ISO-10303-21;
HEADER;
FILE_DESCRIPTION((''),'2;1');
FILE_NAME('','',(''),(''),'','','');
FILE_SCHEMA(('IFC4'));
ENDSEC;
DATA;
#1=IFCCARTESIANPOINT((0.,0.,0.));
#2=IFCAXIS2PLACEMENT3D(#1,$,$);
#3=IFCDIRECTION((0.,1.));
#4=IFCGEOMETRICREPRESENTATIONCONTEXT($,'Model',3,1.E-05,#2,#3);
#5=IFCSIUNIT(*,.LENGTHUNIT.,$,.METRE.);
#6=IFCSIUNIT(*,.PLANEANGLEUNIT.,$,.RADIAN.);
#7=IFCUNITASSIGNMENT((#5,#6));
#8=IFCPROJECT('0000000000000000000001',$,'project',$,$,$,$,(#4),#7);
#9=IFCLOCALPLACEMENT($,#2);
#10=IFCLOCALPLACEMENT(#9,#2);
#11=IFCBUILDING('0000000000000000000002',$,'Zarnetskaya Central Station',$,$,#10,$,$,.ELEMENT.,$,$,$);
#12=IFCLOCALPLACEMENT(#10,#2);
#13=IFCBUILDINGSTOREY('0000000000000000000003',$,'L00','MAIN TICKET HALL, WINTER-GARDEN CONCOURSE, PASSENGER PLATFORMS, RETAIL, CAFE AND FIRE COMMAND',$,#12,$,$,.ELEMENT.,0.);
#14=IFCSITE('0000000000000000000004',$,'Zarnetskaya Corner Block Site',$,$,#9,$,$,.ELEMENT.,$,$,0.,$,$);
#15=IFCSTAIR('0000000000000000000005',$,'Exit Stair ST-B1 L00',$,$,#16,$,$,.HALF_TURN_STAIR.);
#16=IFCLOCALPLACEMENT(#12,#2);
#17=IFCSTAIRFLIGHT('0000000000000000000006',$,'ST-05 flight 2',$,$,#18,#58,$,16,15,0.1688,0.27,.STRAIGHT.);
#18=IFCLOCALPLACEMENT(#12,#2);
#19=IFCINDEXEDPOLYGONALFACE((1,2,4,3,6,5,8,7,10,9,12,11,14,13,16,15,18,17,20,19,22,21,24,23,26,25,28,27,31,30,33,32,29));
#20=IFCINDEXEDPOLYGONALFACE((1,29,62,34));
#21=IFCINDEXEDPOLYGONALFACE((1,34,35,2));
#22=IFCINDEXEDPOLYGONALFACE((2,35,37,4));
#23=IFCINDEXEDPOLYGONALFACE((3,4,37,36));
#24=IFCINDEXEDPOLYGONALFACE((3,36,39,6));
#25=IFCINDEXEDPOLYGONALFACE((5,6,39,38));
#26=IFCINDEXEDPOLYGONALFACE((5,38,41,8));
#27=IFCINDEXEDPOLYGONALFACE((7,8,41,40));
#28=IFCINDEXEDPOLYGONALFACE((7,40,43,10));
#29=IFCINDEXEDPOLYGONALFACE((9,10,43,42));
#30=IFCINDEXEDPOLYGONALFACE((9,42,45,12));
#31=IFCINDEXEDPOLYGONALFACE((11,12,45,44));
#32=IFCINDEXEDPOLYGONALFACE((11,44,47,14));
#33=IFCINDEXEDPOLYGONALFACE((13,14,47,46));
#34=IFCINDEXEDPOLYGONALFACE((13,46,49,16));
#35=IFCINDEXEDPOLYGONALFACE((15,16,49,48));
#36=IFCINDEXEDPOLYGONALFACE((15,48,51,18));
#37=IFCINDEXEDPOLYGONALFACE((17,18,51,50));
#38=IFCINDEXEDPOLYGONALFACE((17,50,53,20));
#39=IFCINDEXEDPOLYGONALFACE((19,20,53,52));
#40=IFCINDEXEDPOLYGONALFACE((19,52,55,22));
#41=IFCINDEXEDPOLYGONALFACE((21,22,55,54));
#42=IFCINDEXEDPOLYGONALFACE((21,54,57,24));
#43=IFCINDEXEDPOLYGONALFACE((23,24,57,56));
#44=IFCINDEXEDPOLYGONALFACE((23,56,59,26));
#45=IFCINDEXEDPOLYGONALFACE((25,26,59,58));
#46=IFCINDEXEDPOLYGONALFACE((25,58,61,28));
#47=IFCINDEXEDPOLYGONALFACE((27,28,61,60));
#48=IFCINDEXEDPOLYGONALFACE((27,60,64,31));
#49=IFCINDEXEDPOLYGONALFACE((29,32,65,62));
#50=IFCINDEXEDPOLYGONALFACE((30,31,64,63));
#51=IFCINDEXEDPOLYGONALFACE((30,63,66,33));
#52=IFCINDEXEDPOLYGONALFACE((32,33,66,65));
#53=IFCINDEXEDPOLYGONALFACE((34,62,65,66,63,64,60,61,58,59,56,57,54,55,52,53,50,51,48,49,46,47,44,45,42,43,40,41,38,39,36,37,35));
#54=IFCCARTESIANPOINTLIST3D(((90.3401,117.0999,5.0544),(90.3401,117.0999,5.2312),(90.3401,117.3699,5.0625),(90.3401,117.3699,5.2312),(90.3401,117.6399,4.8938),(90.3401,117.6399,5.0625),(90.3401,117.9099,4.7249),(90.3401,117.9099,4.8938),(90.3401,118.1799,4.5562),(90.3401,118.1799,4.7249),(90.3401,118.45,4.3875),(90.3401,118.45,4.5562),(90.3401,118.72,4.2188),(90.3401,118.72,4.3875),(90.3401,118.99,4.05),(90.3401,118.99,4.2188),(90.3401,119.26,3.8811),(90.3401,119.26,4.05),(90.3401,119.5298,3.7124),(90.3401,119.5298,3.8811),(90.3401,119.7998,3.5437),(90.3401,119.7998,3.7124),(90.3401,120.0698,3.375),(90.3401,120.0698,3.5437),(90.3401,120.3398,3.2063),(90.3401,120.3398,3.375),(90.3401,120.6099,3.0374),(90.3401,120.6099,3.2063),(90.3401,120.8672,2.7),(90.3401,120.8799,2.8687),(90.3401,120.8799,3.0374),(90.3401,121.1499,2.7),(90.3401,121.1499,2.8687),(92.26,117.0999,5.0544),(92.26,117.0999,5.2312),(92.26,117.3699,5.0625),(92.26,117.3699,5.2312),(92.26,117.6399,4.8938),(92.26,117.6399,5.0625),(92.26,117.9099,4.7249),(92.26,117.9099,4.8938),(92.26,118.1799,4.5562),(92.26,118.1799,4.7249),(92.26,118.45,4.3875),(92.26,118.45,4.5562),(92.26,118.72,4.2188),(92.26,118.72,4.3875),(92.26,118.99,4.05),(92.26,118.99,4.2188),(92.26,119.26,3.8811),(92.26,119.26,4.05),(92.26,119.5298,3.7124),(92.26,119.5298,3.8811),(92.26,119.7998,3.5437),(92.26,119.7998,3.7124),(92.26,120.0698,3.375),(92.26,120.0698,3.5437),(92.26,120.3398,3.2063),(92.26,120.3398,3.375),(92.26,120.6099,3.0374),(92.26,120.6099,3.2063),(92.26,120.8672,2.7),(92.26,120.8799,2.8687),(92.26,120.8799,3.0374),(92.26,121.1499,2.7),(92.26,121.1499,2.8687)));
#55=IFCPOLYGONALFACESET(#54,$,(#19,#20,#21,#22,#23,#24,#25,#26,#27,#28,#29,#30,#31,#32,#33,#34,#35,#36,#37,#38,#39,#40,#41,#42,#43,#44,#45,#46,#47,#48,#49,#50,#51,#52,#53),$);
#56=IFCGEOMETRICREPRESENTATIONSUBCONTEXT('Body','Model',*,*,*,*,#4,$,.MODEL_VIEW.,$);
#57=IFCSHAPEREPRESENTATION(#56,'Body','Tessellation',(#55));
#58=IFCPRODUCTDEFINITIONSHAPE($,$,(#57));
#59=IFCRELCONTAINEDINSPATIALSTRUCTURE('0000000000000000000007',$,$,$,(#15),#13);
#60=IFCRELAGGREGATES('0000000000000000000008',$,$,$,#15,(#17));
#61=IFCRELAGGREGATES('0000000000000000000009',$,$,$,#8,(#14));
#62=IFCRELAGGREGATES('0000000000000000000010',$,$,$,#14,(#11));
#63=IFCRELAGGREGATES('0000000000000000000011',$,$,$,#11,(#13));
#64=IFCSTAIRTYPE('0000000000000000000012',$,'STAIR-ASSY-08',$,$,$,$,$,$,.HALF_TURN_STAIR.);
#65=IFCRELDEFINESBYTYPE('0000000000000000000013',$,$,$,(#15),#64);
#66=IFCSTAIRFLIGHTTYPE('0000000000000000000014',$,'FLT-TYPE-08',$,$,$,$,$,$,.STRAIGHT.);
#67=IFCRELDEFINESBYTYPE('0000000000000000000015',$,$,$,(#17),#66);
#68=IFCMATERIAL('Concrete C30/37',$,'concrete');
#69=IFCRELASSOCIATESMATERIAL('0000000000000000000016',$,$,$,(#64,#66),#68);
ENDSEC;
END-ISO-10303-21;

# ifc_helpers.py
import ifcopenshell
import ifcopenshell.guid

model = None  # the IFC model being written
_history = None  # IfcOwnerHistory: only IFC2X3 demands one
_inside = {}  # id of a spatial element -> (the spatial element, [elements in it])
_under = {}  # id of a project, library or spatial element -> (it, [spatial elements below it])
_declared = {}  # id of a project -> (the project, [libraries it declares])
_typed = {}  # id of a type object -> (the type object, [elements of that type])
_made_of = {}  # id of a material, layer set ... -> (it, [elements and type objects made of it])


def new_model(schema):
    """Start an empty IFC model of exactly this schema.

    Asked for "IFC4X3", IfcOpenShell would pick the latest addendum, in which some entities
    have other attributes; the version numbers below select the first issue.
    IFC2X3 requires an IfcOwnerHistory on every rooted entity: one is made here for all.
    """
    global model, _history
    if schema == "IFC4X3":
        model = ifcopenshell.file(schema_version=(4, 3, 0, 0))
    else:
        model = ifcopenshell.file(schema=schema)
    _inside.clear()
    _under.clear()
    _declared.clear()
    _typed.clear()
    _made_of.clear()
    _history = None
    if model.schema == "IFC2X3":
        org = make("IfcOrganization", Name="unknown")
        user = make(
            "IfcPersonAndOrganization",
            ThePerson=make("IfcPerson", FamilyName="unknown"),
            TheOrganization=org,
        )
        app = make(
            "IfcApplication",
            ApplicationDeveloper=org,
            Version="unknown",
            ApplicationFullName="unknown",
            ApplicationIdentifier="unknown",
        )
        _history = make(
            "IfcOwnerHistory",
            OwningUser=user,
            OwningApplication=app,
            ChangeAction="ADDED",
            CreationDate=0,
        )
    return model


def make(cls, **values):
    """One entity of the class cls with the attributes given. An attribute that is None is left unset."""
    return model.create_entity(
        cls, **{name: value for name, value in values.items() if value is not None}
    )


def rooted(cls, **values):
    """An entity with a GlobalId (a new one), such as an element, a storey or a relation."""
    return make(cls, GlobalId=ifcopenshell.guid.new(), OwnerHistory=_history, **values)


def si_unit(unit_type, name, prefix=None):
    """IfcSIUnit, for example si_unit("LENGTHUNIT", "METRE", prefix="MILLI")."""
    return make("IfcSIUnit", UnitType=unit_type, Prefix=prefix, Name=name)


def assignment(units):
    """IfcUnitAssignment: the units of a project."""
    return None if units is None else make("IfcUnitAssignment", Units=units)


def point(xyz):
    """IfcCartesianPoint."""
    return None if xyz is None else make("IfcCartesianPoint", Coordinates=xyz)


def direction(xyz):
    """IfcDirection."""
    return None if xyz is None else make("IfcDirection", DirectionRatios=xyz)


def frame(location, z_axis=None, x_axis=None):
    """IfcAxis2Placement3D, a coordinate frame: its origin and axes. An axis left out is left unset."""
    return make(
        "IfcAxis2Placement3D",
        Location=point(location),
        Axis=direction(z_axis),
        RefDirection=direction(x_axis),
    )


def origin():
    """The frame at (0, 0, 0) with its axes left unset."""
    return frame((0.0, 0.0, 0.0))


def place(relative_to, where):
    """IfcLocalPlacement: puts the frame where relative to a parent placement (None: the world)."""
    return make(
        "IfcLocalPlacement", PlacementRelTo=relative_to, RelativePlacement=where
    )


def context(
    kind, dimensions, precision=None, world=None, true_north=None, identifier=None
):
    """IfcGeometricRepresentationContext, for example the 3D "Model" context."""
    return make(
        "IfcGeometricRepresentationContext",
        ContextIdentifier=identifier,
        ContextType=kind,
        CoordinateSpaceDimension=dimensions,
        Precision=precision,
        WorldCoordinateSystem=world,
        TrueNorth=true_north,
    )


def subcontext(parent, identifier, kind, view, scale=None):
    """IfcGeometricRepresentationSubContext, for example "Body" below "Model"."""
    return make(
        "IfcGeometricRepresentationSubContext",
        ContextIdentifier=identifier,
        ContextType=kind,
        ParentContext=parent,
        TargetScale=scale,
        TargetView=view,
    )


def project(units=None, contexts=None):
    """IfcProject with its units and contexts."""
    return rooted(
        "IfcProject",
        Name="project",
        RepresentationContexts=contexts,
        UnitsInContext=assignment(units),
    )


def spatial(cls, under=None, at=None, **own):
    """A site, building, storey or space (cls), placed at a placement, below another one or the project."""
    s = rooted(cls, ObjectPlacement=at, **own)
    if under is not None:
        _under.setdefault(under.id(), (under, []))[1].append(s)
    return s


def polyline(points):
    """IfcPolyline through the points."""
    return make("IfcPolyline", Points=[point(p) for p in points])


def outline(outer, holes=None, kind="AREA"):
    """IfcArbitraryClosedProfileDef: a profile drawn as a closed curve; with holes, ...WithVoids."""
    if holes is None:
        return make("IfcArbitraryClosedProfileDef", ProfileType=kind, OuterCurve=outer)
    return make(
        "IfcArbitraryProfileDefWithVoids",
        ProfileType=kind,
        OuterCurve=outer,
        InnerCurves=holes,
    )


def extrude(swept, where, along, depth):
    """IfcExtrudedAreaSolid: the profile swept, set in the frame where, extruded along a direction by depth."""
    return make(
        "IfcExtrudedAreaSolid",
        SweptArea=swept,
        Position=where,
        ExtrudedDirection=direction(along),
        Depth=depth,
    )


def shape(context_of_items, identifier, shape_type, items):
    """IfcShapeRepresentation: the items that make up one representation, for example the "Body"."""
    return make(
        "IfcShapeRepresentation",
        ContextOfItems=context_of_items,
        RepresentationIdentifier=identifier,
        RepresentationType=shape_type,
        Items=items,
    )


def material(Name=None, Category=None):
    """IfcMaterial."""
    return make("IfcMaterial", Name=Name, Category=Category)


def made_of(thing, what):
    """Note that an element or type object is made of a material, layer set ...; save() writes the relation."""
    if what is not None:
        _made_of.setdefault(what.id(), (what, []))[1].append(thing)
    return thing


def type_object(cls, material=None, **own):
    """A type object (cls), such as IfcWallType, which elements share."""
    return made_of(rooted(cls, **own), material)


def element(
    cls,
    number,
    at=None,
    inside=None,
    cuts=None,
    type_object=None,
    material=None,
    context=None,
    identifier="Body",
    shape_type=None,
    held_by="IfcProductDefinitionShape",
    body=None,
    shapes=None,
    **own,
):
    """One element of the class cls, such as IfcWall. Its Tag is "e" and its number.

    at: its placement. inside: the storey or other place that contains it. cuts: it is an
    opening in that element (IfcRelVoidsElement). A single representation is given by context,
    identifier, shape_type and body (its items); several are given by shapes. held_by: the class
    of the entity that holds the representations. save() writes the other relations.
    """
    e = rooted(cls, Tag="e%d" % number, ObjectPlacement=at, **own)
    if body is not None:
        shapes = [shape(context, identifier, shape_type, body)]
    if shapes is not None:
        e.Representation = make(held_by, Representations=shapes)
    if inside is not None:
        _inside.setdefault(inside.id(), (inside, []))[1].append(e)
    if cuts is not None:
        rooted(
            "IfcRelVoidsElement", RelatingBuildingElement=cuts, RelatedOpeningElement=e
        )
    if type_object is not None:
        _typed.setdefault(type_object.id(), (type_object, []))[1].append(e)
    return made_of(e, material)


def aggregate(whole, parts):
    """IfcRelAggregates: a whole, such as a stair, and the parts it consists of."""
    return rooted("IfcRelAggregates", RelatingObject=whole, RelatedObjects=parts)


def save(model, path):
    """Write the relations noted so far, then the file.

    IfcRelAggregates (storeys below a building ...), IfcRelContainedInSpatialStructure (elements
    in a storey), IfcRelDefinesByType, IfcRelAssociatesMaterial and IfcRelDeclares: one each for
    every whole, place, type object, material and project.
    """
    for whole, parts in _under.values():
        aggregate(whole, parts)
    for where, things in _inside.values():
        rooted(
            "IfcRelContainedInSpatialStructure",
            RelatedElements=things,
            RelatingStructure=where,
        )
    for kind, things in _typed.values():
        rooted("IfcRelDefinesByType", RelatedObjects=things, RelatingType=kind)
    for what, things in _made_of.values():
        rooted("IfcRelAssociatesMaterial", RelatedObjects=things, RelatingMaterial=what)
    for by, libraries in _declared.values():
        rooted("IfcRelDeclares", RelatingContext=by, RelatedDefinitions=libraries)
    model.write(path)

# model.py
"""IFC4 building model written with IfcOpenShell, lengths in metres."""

from ifc_helpers import new_model, si_unit, direction, frame, origin, place, context, subcontext, project, spatial, polyline, outline, extrude, material, type_object, element, aggregate, save


model = new_model("IFC4")

# Units and contexts
model_context = context("Model", 3, precision=1e-05, world=origin(), true_north=direction((0.0, 1.0)))
body_context = subcontext(model_context, "Body", "Model", "MODEL_VIEW")
ifc_project = project(units=[si_unit("LENGTHUNIT", "METRE"), si_unit("PLANEANGLEUNIT", "RADIAN")], contexts=[model_context])

# Site, building, storey
site_placement = place(None, origin())
site = spatial("IfcSite", under=ifc_project, at=site_placement, Name="Zarnetskaya Corner Block Site", CompositionType="ELEMENT", RefElevation=0.0)
building_placement = place(site_placement, origin())
building = spatial("IfcBuilding", under=site, at=building_placement, Name="Zarnetskaya Central Station", CompositionType="ELEMENT")
storey_placement = place(building_placement, origin())
storey = spatial("IfcBuildingStorey", under=building, at=storey_placement, Name="L00", Description="MAIN TICKET HALL, WINTER-GARDEN CONCOURSE, PASSENGER PLATFORMS, RETAIL, CAFE AND FIRE COMMAND", CompositionType="ELEMENT", Elevation=0.0)

# Stair, stair flight
ifc_material_1 = material(Name="Concrete C30/37", Category="concrete")
stair_type = type_object("IfcStairType", Name="STAIR-ASSY-08", PredefinedType="HALF_TURN_STAIR", material=ifc_material_1)
stair_placement = place(storey_placement, origin())
stair = element("IfcStair", 1, at=stair_placement, inside=storey, type_object=stair_type, Name="Exit Stair ST-B1 L00", PredefinedType="HALF_TURN_STAIR")
stair_flight_type = type_object("IfcStairFlightType", Name="FLT-TYPE-08", PredefinedType="STRAIGHT", material=ifc_material_1)
stair_flight_1_placement = place(storey_placement, frame((91.3, 121.1499, 2.7), z_axis=(0.0, 0.0, 1.0), x_axis=(0.0, -1.0, 0.0)))
stair_flight_1 = element("IfcStairFlight", 2, at=stair_flight_1_placement, type_object=stair_flight_type, Name="ST-05 flight 2", NumberOfRisers=16, NumberOfTreads=15, PredefinedType="STRAIGHT", RiserHeight=0.1688, TreadLength=0.27, context=body_context, shape_type="SweptSolid", body=[
    extrude(outline(polyline([(0.0, 0.0), (0.0, 0.1687), (0.27, 0.1687), (0.27, 0.3374), (0.54, 0.3374), (0.54, 0.5063), (0.8101, 0.5063), (0.8101, 0.675), (1.0801, 0.675), (1.0801, 0.8438), (1.3501, 0.8438), (1.3501, 1.0125), (1.6201, 1.0125), (1.6201, 1.1812), (1.8899, 1.1812), (1.8899, 1.3501), (2.1599, 1.3501), (2.1599, 1.5188), (2.4299, 1.5188), (2.4299, 1.6875), (2.7, 1.6875), (2.7, 1.8562), (2.97, 1.8562), (2.97, 2.0249), (3.24, 2.0249), (3.24, 2.1938), (3.51, 2.1938), (3.51, 2.3625), (3.78, 2.3625), (3.78, 2.5312), (4.05, 2.5312), (4.05, 2.7), (4.05, 2.3545), (0.2827, 0.0), (0.0, 0.0)])), frame((0.0, 0.96, 0.0), z_axis=(0.0, -1.0, 0.0), x_axis=(1.0, 0.0, 0.0)), (0.0, 0.0, 1.0), 1.9199),
])
aggregate(stair, [stair_flight_1])

save(model, "model.ifc")
